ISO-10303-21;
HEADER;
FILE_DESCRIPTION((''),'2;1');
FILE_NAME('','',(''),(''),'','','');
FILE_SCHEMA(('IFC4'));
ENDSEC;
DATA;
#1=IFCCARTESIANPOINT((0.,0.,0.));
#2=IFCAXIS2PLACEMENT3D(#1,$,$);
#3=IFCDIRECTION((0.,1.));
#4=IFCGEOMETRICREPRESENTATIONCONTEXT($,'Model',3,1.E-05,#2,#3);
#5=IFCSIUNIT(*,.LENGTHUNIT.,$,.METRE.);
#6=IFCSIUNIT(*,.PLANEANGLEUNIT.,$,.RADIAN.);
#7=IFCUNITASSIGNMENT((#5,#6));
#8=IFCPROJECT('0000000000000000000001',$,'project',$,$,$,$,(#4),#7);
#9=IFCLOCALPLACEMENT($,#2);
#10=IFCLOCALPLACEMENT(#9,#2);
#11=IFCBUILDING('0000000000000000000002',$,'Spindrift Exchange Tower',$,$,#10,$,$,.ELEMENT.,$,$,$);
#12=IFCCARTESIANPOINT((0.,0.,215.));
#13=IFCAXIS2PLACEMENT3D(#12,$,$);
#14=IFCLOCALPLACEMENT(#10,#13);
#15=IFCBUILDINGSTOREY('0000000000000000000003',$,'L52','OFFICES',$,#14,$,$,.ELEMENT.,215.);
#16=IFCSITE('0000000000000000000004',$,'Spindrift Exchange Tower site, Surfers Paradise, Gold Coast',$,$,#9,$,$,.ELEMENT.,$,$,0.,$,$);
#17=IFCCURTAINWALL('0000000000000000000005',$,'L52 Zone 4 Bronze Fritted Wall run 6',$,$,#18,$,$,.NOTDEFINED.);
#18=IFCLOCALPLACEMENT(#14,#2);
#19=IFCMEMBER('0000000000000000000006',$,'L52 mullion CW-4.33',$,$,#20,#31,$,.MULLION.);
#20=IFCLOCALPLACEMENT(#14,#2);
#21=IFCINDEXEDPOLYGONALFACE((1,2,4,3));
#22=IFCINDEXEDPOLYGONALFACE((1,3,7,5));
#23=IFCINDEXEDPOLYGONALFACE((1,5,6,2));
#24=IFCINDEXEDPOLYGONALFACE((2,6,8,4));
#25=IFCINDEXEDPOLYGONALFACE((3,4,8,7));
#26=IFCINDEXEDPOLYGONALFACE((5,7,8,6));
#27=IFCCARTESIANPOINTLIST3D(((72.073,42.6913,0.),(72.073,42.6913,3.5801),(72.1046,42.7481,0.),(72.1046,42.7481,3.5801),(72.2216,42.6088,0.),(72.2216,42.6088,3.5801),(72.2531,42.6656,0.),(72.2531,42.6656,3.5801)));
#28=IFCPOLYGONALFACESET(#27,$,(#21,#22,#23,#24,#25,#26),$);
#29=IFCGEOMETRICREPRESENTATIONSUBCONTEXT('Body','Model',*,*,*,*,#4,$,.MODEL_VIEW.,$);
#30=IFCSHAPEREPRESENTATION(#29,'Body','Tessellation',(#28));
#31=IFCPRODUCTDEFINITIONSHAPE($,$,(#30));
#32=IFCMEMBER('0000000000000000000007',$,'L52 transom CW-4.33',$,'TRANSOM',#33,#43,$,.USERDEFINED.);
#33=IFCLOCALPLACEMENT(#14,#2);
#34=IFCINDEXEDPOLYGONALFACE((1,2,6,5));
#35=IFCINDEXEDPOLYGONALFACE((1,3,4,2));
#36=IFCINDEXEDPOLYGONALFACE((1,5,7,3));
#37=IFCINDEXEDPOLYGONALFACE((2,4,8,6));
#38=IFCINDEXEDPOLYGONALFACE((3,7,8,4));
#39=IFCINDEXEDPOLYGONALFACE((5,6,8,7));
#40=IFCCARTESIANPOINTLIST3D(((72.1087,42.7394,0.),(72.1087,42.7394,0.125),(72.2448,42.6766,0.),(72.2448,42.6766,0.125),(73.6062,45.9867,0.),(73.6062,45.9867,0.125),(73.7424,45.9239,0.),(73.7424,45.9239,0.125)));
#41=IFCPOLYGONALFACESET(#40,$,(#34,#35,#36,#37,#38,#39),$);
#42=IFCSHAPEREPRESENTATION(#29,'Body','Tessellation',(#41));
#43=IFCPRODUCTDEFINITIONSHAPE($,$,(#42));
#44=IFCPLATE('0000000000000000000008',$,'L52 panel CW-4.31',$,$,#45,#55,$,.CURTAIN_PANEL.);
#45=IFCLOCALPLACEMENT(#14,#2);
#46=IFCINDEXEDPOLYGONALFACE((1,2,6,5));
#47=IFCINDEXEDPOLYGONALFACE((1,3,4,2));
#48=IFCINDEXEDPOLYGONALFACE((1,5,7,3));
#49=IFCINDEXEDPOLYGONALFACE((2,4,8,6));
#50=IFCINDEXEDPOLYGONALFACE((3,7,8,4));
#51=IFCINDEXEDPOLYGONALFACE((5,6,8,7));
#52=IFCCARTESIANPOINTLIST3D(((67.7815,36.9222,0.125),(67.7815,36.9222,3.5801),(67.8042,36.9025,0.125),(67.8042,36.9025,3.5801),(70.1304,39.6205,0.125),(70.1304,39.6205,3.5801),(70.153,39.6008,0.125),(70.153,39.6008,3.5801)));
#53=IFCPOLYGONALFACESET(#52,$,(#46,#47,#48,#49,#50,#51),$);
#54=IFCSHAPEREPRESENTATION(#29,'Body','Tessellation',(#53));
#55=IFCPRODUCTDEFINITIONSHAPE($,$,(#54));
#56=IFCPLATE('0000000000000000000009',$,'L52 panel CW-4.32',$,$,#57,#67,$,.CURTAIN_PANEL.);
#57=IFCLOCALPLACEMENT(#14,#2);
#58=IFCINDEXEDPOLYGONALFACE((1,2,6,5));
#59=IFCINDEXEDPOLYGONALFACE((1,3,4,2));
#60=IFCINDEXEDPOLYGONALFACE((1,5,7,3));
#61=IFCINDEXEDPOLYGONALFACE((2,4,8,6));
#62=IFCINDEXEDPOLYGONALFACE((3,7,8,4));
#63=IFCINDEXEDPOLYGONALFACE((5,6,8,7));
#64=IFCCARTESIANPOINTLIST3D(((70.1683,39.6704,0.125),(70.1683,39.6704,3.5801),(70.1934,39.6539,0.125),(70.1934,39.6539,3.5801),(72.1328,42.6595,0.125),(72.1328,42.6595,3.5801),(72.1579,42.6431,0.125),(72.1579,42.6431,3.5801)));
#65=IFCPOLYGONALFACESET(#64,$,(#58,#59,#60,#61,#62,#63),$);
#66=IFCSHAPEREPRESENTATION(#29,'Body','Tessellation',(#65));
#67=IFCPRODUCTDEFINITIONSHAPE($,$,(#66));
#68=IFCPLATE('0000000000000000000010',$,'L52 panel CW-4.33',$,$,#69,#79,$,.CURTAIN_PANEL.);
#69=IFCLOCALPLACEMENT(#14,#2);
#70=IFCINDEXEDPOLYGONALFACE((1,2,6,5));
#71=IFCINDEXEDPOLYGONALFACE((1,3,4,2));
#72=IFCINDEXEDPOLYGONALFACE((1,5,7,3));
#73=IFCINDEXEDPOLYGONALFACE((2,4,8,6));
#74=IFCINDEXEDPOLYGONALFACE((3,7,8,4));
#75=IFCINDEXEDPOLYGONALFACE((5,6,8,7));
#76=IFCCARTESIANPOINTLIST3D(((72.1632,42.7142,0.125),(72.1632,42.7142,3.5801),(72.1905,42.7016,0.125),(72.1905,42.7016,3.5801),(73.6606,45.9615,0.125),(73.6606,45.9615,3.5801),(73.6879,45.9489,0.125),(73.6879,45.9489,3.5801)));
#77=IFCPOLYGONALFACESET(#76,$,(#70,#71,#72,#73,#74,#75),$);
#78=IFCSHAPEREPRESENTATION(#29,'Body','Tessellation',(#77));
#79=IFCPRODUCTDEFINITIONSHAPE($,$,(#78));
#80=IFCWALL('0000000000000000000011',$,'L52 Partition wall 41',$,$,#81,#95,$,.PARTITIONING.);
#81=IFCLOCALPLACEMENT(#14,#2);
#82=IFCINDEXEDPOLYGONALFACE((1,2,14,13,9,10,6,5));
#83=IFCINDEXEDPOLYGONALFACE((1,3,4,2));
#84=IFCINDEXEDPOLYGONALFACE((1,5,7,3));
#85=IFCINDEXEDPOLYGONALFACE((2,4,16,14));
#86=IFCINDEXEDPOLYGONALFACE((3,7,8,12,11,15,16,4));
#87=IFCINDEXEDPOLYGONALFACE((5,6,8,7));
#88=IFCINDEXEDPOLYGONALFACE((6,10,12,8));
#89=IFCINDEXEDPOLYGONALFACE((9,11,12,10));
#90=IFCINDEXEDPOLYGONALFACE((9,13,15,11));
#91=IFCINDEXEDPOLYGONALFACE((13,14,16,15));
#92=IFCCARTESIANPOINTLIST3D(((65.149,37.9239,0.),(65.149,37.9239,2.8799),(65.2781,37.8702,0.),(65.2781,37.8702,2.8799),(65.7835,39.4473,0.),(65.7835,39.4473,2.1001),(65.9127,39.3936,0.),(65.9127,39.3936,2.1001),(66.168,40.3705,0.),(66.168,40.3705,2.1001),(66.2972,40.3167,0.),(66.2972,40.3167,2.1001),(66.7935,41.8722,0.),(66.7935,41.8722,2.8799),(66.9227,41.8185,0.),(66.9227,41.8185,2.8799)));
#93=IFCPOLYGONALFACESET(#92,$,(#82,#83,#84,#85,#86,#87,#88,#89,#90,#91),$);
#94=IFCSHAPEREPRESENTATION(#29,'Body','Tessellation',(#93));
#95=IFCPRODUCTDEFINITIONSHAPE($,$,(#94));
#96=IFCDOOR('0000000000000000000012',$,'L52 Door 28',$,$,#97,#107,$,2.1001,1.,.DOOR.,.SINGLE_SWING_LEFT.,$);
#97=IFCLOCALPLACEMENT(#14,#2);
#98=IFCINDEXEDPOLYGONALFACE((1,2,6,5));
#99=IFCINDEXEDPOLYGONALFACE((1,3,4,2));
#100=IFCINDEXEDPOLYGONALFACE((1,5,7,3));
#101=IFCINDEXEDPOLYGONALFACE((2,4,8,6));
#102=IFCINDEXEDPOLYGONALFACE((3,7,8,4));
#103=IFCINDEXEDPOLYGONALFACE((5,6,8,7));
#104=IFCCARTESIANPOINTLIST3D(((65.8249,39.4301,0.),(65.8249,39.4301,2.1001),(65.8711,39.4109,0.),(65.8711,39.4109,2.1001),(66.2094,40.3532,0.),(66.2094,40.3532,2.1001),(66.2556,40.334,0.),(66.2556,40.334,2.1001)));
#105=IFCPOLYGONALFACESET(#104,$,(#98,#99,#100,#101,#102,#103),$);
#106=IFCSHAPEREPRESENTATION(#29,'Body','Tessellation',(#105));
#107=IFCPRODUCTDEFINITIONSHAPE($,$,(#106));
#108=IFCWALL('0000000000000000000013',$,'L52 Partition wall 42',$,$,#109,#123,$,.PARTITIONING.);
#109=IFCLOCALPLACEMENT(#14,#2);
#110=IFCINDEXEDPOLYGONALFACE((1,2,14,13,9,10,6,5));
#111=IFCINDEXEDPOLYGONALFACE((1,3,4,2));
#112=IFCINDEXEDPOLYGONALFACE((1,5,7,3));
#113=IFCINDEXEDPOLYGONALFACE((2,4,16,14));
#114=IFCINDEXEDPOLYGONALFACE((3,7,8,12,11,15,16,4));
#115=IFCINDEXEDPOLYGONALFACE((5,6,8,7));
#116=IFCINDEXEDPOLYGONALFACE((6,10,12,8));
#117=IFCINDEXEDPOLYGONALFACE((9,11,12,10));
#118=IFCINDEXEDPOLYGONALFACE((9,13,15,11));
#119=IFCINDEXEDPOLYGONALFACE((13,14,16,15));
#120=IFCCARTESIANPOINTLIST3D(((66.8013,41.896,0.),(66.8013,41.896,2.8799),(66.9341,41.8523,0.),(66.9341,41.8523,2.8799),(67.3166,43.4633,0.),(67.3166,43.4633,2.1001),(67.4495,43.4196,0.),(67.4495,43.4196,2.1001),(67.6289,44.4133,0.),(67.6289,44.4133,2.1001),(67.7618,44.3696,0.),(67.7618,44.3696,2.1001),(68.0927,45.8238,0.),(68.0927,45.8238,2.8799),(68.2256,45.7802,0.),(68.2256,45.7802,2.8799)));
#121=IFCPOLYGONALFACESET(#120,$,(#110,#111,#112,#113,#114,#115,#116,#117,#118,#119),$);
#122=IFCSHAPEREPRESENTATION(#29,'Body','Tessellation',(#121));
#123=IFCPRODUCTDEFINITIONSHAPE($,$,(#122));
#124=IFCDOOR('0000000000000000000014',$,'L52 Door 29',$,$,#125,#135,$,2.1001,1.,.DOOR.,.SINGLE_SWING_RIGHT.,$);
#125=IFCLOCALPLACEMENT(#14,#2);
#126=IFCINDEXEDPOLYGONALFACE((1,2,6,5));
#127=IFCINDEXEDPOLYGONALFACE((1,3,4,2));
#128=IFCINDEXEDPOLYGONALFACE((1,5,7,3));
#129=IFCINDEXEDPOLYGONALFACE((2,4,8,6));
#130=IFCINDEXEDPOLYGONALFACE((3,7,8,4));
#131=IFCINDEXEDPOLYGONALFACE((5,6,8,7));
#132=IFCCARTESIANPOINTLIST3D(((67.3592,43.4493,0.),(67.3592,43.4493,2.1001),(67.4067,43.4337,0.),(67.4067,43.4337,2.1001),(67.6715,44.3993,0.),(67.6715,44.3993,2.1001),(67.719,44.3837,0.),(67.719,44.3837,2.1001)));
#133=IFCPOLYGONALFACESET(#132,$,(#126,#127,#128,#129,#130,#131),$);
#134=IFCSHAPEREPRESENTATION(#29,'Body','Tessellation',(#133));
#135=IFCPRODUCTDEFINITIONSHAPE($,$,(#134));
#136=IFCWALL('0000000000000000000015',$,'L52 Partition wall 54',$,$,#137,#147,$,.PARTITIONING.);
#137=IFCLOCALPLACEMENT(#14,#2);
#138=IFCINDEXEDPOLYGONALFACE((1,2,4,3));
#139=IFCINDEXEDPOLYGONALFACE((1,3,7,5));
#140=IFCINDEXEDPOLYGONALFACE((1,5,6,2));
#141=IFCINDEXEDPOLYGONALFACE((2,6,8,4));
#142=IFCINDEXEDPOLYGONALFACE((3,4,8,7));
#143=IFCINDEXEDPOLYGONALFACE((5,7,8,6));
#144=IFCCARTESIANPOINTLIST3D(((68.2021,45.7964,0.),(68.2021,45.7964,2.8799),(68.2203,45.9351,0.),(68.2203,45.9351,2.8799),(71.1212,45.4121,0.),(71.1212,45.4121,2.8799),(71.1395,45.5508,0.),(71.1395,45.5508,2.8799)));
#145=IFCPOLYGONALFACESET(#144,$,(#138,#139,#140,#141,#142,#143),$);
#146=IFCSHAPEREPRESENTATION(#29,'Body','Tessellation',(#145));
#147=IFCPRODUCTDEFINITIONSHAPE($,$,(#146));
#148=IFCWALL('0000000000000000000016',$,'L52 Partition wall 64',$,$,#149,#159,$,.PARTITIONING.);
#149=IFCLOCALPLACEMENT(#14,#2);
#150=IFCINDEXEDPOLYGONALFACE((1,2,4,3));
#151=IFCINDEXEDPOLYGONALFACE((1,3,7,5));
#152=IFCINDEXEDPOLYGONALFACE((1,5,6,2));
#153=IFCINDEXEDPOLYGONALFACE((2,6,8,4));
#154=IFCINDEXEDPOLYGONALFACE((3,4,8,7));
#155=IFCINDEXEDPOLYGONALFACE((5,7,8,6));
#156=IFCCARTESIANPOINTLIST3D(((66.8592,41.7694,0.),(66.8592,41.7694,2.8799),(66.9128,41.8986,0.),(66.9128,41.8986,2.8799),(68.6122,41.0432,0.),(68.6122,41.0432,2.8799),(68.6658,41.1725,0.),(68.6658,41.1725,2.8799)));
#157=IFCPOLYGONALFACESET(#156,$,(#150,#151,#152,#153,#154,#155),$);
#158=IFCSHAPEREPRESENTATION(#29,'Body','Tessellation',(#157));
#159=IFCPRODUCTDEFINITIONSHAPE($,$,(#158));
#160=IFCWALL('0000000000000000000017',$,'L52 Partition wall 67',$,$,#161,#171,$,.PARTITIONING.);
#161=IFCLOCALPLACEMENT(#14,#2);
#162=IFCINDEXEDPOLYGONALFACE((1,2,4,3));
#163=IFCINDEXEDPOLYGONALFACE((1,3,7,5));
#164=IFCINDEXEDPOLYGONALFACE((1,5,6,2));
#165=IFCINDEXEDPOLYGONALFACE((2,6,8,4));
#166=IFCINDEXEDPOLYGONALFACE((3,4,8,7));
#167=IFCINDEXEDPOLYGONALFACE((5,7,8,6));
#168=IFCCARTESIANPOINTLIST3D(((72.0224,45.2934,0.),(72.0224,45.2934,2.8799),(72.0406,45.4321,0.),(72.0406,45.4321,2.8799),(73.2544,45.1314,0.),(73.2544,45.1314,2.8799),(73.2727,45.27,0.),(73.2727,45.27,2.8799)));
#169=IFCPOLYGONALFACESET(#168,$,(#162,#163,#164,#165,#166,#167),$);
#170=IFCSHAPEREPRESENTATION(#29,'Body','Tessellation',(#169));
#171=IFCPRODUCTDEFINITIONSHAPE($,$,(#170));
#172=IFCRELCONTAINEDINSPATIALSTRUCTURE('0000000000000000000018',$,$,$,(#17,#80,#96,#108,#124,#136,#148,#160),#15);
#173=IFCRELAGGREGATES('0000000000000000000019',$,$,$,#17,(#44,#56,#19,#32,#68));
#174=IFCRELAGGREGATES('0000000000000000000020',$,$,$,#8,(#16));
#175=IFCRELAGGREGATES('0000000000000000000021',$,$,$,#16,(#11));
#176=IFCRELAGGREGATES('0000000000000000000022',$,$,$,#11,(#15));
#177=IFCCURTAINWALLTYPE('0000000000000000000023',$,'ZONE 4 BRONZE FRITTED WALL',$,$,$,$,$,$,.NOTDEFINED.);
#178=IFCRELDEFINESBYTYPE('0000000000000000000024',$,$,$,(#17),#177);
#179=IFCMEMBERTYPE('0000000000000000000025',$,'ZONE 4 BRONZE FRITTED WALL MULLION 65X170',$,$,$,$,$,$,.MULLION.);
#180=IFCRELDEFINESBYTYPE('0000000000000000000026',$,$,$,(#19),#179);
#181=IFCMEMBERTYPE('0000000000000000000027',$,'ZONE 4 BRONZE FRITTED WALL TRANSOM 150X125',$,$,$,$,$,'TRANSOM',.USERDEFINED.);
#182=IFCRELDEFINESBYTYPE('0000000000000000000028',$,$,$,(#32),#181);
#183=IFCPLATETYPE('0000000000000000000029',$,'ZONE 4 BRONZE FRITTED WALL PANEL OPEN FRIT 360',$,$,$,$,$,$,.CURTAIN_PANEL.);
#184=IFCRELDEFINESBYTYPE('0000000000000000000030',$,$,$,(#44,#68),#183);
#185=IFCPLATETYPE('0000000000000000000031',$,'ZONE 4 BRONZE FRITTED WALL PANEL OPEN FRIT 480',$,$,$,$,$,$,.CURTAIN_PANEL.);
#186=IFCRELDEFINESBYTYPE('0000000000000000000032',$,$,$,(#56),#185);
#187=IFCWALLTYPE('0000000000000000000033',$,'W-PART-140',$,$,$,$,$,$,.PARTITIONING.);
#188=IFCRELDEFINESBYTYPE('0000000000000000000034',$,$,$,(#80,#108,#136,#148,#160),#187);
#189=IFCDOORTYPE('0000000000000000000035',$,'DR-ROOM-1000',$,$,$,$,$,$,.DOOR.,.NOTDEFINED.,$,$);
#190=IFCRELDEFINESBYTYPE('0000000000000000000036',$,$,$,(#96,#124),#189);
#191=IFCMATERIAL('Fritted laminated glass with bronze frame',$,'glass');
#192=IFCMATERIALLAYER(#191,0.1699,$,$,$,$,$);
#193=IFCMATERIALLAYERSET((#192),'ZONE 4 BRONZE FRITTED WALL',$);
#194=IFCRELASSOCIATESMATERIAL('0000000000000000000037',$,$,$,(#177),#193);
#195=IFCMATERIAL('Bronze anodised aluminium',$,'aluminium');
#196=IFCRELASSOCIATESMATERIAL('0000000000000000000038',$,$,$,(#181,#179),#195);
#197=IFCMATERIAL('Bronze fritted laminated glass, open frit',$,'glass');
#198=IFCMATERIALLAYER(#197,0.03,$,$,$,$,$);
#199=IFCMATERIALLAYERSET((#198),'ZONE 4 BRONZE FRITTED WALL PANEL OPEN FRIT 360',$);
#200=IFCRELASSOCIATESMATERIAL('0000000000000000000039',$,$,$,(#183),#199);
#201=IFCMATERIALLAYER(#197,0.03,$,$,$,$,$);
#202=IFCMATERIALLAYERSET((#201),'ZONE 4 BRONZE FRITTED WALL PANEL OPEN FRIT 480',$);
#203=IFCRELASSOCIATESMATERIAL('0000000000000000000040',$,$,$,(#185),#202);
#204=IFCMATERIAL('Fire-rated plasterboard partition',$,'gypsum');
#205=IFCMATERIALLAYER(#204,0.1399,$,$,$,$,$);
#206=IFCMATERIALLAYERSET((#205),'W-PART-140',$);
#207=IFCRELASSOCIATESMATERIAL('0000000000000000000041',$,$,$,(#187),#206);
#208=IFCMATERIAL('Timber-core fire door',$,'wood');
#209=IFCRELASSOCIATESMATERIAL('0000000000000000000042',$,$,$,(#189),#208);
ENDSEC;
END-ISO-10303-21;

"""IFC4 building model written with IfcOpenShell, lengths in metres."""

from ifc_helpers import new_model, si_unit, direction, frame, frame_2d, origin, origin_2d, place, context, subcontext, project, spatial, rectangle, extrude, source, transform, mapped, material, layer, layer_set, material_profile, profile_set, type_object, element, fill, aggregate, save


model = new_model("IFC4")

# Units and contexts
model_context = context("Model", 3, precision=1e-05, world=origin(), true_north=direction((0.0, 1.0)))
body_context = subcontext(model_context, "Body", "Model", "MODEL_VIEW")
ifc_project = project(units=[si_unit("LENGTHUNIT", "METRE"), si_unit("PLANEANGLEUNIT", "RADIAN")], contexts=[model_context])

# Site, building, storey
site_placement = place(None, origin())
site = spatial("IfcSite", under=ifc_project, at=site_placement, Name="Spindrift Exchange Tower site, Surfers Paradise, Gold Coast", CompositionType="ELEMENT", RefElevation=0.0)
building_placement = place(site_placement, origin())
building = spatial("IfcBuilding", under=site, at=building_placement, Name="Spindrift Exchange Tower", CompositionType="ELEMENT")
storey_placement = place(building_placement, frame((0.0, 0.0, 215.0)))
storey = spatial("IfcBuildingStorey", under=building, at=storey_placement, Name="L52", Description="OFFICES", CompositionType="ELEMENT", Elevation=215.0)

# Curtain wall, members, plates
ifc_material_1 = material(Name="Fritted laminated glass with bronze frame", Category="glass")
ifc_layer_1 = layer(ifc_material_1, 0.1699)
ifc_layer_set_1 = layer_set([ifc_layer_1], Name="ZONE 4 BRONZE FRITTED WALL")
curtain_wall_type = type_object("IfcCurtainWallType", Name="ZONE 4 BRONZE FRITTED WALL", PredefinedType="NOTDEFINED", material=ifc_layer_set_1)
curtain_wall_placement = place(storey_placement, origin())
curtain_wall = element("IfcCurtainWall", 1, at=curtain_wall_placement, inside=storey, type_object=curtain_wall_type, Name="L52 Zone 4 Bronze Fritted Wall run 6", PredefinedType="NOTDEFINED")
ifc_material_2 = material(Name="Bronze anodised aluminium", Category="aluminium")
ifc_material_profile_1 = material_profile(ifc_material_2, rectangle(XDim=0.1499, YDim=0.125, at=origin_2d()), Name="ZONE 4 BRONZE FRITTED WALL TRANSOM 150X125")
ifc_profile_set_1 = profile_set([ifc_material_profile_1], Name="Bronze anodised aluminium")
member_type_1 = type_object("IfcMemberType", Name="ZONE 4 BRONZE FRITTED WALL TRANSOM 150X125", ElementType="TRANSOM", PredefinedType="USERDEFINED", material=ifc_profile_set_1)
ifc_material_profile_2 = material_profile(ifc_material_2, rectangle(XDim=0.0649, YDim=0.1699, at=origin_2d()), Name="ZONE 4 BRONZE FRITTED WALL MULLION 65X170")
ifc_profile_set_2 = profile_set([ifc_material_profile_2], Name="Bronze anodised aluminium")
member_type_2 = type_object("IfcMemberType", Name="ZONE 4 BRONZE FRITTED WALL MULLION 65X170", PredefinedType="MULLION", material=ifc_profile_set_2)
shared_shape_1 = source(origin(), body_context, "Body", "SweptSolid", [
    extrude(rectangle(XDim=0.0649, YDim=0.1699, at=origin_2d()), origin(), (0.0, 0.0, 1.0), 3.5801),
])
member_1_placement = place(storey_placement, frame((72.1631, 42.6785, 0.0), z_axis=(0.0, 0.0, 1.0), x_axis=(0.485344, 0.874323, 0.0)))
member_1 = element("IfcMember", 2, at=member_1_placement, type_object=member_type_2, Name="L52 mullion CW-4.33", PredefinedType="MULLION", context=body_context, shape_type="MappedRepresentation", body=[
    mapped(shared_shape_1, transform((0.0, 0.0, 0.0), scale=1.0)),
])
shared_shape_2 = source(origin(), body_context, "Body", "SweptSolid", [
    extrude(rectangle(XDim=0.1499, YDim=0.125, at=origin_2d()), origin(), (0.0, 0.0, 1.0), 3.5759),
])
member_2_placement = place(storey_placement, frame((72.1768, 42.708, 0.0625), z_axis=(0.418781, 0.908087, 0.0), x_axis=(-0.908087, 0.418781, 0.0)))
member_2 = element("IfcMember", 3, at=member_2_placement, type_object=member_type_1, Name="L52 transom CW-4.33", ObjectType="TRANSOM", PredefinedType="USERDEFINED", context=body_context, shape_type="MappedRepresentation", body=[
    mapped(shared_shape_2, transform((0.0, 0.0, 0.0), scale=1.0)),
])
ifc_material_3 = material(Name="Bronze fritted laminated glass, open frit", Category="glass")
ifc_layer_2 = layer(ifc_material_3, 0.03)
ifc_layer_set_2 = layer_set([ifc_layer_2], Name="ZONE 4 BRONZE FRITTED WALL PANEL OPEN FRIT 360")
plate_type_1 = type_object("IfcPlateType", Name="ZONE 4 BRONZE FRITTED WALL PANEL OPEN FRIT 360", PredefinedType="CURTAIN_PANEL", material=ifc_layer_set_2)
shared_shape_3 = source(origin(), body_context, "Body", "SweptSolid", [
    extrude(rectangle(XDim=3.5774, YDim=0.03, at=origin_2d()), origin(), (0.0, 0.0, 1.0), 3.4551),
])
plate_1_placement = place(storey_placement, frame((68.9673, 38.2615, 0.125), z_axis=(0.0, 0.0, 1.0), x_axis=(0.656577, 0.754259, 0.0)))
plate_1 = element("IfcPlate", 4, at=plate_1_placement, type_object=plate_type_1, Name="L52 panel CW-4.31", PredefinedType="CURTAIN_PANEL", context=body_context, shape_type="MappedRepresentation", body=[
    mapped(shared_shape_3, transform((0.0, 0.0, 0.0), scale=1.0)),
])
ifc_layer_3 = layer(ifc_material_3, 0.03)
ifc_layer_set_3 = layer_set([ifc_layer_3], Name="ZONE 4 BRONZE FRITTED WALL PANEL OPEN FRIT 480")
plate_type_2 = type_object("IfcPlateType", Name="ZONE 4 BRONZE FRITTED WALL PANEL OPEN FRIT 480", PredefinedType="CURTAIN_PANEL", material=ifc_layer_set_3)
shared_shape_4 = source(origin(), body_context, "Body", "SweptSolid", [
    extrude(rectangle(XDim=3.5769, YDim=0.03, at=origin_2d()), origin(), (0.0, 0.0, 1.0), 3.4551),
])
plate_2_placement = place(storey_placement, frame((71.1631, 41.1567, 0.125), z_axis=(0.0, 0.0, 1.0), x_axis=(0.549226, 0.835674, 0.0)))
plate_2 = element("IfcPlate", 5, at=plate_2_placement, type_object=plate_type_2, Name="L52 panel CW-4.32", PredefinedType="CURTAIN_PANEL", context=body_context, shape_type="MappedRepresentation", body=[
    mapped(shared_shape_4, transform((0.0, 0.0, 0.0), scale=1.0)),
])
shared_shape_5 = source(origin(), body_context, "Body", "SweptSolid", [
    extrude(rectangle(XDim=3.5759, YDim=0.03, at=origin_2d()), origin(), (0.0, 0.0, 1.0), 3.4551),
])
plate_3_placement = place(storey_placement, frame((72.9255, 44.3315, 0.125), z_axis=(0.0, 0.0, 1.0), x_axis=(0.418756, 0.908099, 0.0)))
plate_3 = element("IfcPlate", 6, at=plate_3_placement, type_object=plate_type_1, Name="L52 panel CW-4.33", PredefinedType="CURTAIN_PANEL", context=body_context, shape_type="MappedRepresentation", body=[
    mapped(shared_shape_5, transform((0.0, 0.0, 0.0), scale=1.0)),
])
aggregate(curtain_wall, [plate_1, plate_2, member_1, member_2, plate_3])

# Walls, openings, doors
ifc_material_4 = material(Name="Fire-rated plasterboard partition", Category="gypsum")
ifc_layer_4 = layer(ifc_material_4, 0.1399)
ifc_layer_set_4 = layer_set([ifc_layer_4], Name="W-PART-140")
wall_type = type_object("IfcWallType", Name="W-PART-140", PredefinedType="PARTITIONING", material=ifc_layer_set_4)
wall_1_placement = place(storey_placement, frame((66.8582, 41.8455, 0.0), z_axis=(0.0, 0.0, 1.0), x_axis=(-0.384502, -0.923124, 0.0)))
wall_1 = element("IfcWall", 7, at=wall_1_placement, inside=storey, type_object=wall_type, Name="L52 Partition wall 41", PredefinedType="PARTITIONING", context=body_context, shape_type="SweptSolid", body=[
    extrude(rectangle(XDim=4.2771, YDim=0.1399, at=frame_2d((2.1387, 0.0))), origin(), (0.0, 0.0, 1.0), 2.8799),
])
opening_1_placement = place(wall_1_placement, frame((1.627, 0.0, 0.0)))
opening_1 = element("IfcOpeningElement", 8, at=opening_1_placement, cuts=wall_1, PredefinedType="OPENING", context=body_context, shape_type="SweptSolid", body=[
    extrude(rectangle(XDim=1.0, YDim=2.1001, at=frame_2d((0.5, 1.05))), frame((0.0, 0.0798, 0.0), z_axis=(0.0, -1.0, 0.0), x_axis=(1.0, 0.0, 0.0)), (0.0, 0.0, 1.0), 0.1599),
])
ifc_material_5 = material(Name="Timber-core fire door", Category="wood")
door_type = type_object("IfcDoorType", Name="DR-ROOM-1000", OperationType="NOTDEFINED", PredefinedType="DOOR", material=ifc_material_5)
shared_shape_6 = source(origin(), body_context, "Body", "SweptSolid", [
    extrude(rectangle(XDim=1.0, YDim=2.1001, at=frame_2d((0.5, 1.05))), frame((0.0, 0.0249, 0.0), z_axis=(0.0, -1.0, 0.0), x_axis=(1.0, 0.0, 0.0)), (0.0, 0.0, 1.0), 0.05),
])
door_1_placement = place(opening_1_placement, origin())
door_1 = element("IfcDoor", 9, at=door_1_placement, inside=storey, type_object=door_type, Name="L52 Door 28", OperationType="SINGLE_SWING_LEFT", OverallHeight=2.1001, OverallWidth=1.0, PredefinedType="DOOR", context=body_context, shape_type="MappedRepresentation", body=[
    mapped(shared_shape_6, transform((0.0, 0.0, 0.0), scale=1.0)),
])
fill(opening_1, door_1)
wall_2_placement = place(storey_placement, frame((68.1592, 45.802, 0.0), z_axis=(0.0, 0.0, 1.0), x_axis=(-0.312346, -0.949968, 0.0)))
wall_2 = element("IfcWall", 10, at=wall_2_placement, inside=storey, type_object=wall_type, Name="L52 Partition wall 42", PredefinedType="PARTITIONING", context=body_context, shape_type="SweptSolid", body=[
    extrude(rectangle(XDim=4.1348, YDim=0.1399, at=frame_2d((2.0674, 0.0))), origin(), (0.0, 0.0, 1.0), 2.8799),
])
opening_2_placement = place(wall_2_placement, frame((1.4849, 0.0, 0.0)))
opening_2 = element("IfcOpeningElement", 11, at=opening_2_placement, cuts=wall_2, PredefinedType="OPENING", context=body_context, shape_type="SweptSolid", body=[
    extrude(rectangle(XDim=1.0, YDim=2.1001, at=frame_2d((0.5, 1.05))), frame((0.0, 0.0798, 0.0), z_axis=(0.0, -1.0, 0.0), x_axis=(1.0, 0.0, 0.0)), (0.0, 0.0, 1.0), 0.1599),
])
door_2_placement = place(opening_2_placement, origin())
door_2 = element("IfcDoor", 12, at=door_2_placement, inside=storey, type_object=door_type, Name="L52 Door 29", OperationType="SINGLE_SWING_RIGHT", OverallHeight=2.1001, OverallWidth=1.0, PredefinedType="DOOR", context=body_context, shape_type="MappedRepresentation", body=[
    mapped(shared_shape_6, transform((0.0, 0.0, 0.0), scale=1.0)),
])
fill(opening_2, door_2)

# Walls
wall_3_placement = place(storey_placement, frame((68.2112, 45.8657, 0.0), z_axis=(0.0, 0.0, 1.0), x_axis=(0.991447, -0.130512, 0.0)))
element("IfcWall", 13, at=wall_3_placement, inside=storey, type_object=wall_type, Name="L52 Partition wall 54", PredefinedType="PARTITIONING", context=body_context, shape_type="SweptSolid", body=[
    extrude(rectangle(XDim=2.9443, YDim=0.1399, at=frame_2d((1.4722, 0.0))), origin(), (0.0, 0.0, 1.0), 2.8799),
])
wall_4_placement = place(storey_placement, frame((66.886, 41.834, 0.0), z_axis=(0.0, 0.0, 1.0), x_axis=(0.923882, -0.382678, 0.0)))
element("IfcWall", 14, at=wall_4_placement, inside=storey, type_object=wall_type, Name="L52 Partition wall 64", PredefinedType="PARTITIONING", context=body_context, shape_type="SweptSolid", body=[
    extrude(rectangle(XDim=1.8975, YDim=0.1399, at=frame_2d((0.9487, 0.0))), origin(), (0.0, 0.0, 1.0), 2.8799),
])
wall_5_placement = place(storey_placement, frame((72.0315, 45.3628, 0.0), z_axis=(0.0, 0.0, 1.0), x_axis=(0.991456, -0.130439, 0.0)))
element("IfcWall", 15, at=wall_5_placement, inside=storey, type_object=wall_type, Name="L52 Partition wall 67", PredefinedType="PARTITIONING", context=body_context, shape_type="SweptSolid", body=[
    extrude(rectangle(XDim=1.2427, YDim=0.1399, at=frame_2d((0.6213, 0.0))), origin(), (0.0, 0.0, 1.0), 2.8799),
])

save(model, "model.ifc")
